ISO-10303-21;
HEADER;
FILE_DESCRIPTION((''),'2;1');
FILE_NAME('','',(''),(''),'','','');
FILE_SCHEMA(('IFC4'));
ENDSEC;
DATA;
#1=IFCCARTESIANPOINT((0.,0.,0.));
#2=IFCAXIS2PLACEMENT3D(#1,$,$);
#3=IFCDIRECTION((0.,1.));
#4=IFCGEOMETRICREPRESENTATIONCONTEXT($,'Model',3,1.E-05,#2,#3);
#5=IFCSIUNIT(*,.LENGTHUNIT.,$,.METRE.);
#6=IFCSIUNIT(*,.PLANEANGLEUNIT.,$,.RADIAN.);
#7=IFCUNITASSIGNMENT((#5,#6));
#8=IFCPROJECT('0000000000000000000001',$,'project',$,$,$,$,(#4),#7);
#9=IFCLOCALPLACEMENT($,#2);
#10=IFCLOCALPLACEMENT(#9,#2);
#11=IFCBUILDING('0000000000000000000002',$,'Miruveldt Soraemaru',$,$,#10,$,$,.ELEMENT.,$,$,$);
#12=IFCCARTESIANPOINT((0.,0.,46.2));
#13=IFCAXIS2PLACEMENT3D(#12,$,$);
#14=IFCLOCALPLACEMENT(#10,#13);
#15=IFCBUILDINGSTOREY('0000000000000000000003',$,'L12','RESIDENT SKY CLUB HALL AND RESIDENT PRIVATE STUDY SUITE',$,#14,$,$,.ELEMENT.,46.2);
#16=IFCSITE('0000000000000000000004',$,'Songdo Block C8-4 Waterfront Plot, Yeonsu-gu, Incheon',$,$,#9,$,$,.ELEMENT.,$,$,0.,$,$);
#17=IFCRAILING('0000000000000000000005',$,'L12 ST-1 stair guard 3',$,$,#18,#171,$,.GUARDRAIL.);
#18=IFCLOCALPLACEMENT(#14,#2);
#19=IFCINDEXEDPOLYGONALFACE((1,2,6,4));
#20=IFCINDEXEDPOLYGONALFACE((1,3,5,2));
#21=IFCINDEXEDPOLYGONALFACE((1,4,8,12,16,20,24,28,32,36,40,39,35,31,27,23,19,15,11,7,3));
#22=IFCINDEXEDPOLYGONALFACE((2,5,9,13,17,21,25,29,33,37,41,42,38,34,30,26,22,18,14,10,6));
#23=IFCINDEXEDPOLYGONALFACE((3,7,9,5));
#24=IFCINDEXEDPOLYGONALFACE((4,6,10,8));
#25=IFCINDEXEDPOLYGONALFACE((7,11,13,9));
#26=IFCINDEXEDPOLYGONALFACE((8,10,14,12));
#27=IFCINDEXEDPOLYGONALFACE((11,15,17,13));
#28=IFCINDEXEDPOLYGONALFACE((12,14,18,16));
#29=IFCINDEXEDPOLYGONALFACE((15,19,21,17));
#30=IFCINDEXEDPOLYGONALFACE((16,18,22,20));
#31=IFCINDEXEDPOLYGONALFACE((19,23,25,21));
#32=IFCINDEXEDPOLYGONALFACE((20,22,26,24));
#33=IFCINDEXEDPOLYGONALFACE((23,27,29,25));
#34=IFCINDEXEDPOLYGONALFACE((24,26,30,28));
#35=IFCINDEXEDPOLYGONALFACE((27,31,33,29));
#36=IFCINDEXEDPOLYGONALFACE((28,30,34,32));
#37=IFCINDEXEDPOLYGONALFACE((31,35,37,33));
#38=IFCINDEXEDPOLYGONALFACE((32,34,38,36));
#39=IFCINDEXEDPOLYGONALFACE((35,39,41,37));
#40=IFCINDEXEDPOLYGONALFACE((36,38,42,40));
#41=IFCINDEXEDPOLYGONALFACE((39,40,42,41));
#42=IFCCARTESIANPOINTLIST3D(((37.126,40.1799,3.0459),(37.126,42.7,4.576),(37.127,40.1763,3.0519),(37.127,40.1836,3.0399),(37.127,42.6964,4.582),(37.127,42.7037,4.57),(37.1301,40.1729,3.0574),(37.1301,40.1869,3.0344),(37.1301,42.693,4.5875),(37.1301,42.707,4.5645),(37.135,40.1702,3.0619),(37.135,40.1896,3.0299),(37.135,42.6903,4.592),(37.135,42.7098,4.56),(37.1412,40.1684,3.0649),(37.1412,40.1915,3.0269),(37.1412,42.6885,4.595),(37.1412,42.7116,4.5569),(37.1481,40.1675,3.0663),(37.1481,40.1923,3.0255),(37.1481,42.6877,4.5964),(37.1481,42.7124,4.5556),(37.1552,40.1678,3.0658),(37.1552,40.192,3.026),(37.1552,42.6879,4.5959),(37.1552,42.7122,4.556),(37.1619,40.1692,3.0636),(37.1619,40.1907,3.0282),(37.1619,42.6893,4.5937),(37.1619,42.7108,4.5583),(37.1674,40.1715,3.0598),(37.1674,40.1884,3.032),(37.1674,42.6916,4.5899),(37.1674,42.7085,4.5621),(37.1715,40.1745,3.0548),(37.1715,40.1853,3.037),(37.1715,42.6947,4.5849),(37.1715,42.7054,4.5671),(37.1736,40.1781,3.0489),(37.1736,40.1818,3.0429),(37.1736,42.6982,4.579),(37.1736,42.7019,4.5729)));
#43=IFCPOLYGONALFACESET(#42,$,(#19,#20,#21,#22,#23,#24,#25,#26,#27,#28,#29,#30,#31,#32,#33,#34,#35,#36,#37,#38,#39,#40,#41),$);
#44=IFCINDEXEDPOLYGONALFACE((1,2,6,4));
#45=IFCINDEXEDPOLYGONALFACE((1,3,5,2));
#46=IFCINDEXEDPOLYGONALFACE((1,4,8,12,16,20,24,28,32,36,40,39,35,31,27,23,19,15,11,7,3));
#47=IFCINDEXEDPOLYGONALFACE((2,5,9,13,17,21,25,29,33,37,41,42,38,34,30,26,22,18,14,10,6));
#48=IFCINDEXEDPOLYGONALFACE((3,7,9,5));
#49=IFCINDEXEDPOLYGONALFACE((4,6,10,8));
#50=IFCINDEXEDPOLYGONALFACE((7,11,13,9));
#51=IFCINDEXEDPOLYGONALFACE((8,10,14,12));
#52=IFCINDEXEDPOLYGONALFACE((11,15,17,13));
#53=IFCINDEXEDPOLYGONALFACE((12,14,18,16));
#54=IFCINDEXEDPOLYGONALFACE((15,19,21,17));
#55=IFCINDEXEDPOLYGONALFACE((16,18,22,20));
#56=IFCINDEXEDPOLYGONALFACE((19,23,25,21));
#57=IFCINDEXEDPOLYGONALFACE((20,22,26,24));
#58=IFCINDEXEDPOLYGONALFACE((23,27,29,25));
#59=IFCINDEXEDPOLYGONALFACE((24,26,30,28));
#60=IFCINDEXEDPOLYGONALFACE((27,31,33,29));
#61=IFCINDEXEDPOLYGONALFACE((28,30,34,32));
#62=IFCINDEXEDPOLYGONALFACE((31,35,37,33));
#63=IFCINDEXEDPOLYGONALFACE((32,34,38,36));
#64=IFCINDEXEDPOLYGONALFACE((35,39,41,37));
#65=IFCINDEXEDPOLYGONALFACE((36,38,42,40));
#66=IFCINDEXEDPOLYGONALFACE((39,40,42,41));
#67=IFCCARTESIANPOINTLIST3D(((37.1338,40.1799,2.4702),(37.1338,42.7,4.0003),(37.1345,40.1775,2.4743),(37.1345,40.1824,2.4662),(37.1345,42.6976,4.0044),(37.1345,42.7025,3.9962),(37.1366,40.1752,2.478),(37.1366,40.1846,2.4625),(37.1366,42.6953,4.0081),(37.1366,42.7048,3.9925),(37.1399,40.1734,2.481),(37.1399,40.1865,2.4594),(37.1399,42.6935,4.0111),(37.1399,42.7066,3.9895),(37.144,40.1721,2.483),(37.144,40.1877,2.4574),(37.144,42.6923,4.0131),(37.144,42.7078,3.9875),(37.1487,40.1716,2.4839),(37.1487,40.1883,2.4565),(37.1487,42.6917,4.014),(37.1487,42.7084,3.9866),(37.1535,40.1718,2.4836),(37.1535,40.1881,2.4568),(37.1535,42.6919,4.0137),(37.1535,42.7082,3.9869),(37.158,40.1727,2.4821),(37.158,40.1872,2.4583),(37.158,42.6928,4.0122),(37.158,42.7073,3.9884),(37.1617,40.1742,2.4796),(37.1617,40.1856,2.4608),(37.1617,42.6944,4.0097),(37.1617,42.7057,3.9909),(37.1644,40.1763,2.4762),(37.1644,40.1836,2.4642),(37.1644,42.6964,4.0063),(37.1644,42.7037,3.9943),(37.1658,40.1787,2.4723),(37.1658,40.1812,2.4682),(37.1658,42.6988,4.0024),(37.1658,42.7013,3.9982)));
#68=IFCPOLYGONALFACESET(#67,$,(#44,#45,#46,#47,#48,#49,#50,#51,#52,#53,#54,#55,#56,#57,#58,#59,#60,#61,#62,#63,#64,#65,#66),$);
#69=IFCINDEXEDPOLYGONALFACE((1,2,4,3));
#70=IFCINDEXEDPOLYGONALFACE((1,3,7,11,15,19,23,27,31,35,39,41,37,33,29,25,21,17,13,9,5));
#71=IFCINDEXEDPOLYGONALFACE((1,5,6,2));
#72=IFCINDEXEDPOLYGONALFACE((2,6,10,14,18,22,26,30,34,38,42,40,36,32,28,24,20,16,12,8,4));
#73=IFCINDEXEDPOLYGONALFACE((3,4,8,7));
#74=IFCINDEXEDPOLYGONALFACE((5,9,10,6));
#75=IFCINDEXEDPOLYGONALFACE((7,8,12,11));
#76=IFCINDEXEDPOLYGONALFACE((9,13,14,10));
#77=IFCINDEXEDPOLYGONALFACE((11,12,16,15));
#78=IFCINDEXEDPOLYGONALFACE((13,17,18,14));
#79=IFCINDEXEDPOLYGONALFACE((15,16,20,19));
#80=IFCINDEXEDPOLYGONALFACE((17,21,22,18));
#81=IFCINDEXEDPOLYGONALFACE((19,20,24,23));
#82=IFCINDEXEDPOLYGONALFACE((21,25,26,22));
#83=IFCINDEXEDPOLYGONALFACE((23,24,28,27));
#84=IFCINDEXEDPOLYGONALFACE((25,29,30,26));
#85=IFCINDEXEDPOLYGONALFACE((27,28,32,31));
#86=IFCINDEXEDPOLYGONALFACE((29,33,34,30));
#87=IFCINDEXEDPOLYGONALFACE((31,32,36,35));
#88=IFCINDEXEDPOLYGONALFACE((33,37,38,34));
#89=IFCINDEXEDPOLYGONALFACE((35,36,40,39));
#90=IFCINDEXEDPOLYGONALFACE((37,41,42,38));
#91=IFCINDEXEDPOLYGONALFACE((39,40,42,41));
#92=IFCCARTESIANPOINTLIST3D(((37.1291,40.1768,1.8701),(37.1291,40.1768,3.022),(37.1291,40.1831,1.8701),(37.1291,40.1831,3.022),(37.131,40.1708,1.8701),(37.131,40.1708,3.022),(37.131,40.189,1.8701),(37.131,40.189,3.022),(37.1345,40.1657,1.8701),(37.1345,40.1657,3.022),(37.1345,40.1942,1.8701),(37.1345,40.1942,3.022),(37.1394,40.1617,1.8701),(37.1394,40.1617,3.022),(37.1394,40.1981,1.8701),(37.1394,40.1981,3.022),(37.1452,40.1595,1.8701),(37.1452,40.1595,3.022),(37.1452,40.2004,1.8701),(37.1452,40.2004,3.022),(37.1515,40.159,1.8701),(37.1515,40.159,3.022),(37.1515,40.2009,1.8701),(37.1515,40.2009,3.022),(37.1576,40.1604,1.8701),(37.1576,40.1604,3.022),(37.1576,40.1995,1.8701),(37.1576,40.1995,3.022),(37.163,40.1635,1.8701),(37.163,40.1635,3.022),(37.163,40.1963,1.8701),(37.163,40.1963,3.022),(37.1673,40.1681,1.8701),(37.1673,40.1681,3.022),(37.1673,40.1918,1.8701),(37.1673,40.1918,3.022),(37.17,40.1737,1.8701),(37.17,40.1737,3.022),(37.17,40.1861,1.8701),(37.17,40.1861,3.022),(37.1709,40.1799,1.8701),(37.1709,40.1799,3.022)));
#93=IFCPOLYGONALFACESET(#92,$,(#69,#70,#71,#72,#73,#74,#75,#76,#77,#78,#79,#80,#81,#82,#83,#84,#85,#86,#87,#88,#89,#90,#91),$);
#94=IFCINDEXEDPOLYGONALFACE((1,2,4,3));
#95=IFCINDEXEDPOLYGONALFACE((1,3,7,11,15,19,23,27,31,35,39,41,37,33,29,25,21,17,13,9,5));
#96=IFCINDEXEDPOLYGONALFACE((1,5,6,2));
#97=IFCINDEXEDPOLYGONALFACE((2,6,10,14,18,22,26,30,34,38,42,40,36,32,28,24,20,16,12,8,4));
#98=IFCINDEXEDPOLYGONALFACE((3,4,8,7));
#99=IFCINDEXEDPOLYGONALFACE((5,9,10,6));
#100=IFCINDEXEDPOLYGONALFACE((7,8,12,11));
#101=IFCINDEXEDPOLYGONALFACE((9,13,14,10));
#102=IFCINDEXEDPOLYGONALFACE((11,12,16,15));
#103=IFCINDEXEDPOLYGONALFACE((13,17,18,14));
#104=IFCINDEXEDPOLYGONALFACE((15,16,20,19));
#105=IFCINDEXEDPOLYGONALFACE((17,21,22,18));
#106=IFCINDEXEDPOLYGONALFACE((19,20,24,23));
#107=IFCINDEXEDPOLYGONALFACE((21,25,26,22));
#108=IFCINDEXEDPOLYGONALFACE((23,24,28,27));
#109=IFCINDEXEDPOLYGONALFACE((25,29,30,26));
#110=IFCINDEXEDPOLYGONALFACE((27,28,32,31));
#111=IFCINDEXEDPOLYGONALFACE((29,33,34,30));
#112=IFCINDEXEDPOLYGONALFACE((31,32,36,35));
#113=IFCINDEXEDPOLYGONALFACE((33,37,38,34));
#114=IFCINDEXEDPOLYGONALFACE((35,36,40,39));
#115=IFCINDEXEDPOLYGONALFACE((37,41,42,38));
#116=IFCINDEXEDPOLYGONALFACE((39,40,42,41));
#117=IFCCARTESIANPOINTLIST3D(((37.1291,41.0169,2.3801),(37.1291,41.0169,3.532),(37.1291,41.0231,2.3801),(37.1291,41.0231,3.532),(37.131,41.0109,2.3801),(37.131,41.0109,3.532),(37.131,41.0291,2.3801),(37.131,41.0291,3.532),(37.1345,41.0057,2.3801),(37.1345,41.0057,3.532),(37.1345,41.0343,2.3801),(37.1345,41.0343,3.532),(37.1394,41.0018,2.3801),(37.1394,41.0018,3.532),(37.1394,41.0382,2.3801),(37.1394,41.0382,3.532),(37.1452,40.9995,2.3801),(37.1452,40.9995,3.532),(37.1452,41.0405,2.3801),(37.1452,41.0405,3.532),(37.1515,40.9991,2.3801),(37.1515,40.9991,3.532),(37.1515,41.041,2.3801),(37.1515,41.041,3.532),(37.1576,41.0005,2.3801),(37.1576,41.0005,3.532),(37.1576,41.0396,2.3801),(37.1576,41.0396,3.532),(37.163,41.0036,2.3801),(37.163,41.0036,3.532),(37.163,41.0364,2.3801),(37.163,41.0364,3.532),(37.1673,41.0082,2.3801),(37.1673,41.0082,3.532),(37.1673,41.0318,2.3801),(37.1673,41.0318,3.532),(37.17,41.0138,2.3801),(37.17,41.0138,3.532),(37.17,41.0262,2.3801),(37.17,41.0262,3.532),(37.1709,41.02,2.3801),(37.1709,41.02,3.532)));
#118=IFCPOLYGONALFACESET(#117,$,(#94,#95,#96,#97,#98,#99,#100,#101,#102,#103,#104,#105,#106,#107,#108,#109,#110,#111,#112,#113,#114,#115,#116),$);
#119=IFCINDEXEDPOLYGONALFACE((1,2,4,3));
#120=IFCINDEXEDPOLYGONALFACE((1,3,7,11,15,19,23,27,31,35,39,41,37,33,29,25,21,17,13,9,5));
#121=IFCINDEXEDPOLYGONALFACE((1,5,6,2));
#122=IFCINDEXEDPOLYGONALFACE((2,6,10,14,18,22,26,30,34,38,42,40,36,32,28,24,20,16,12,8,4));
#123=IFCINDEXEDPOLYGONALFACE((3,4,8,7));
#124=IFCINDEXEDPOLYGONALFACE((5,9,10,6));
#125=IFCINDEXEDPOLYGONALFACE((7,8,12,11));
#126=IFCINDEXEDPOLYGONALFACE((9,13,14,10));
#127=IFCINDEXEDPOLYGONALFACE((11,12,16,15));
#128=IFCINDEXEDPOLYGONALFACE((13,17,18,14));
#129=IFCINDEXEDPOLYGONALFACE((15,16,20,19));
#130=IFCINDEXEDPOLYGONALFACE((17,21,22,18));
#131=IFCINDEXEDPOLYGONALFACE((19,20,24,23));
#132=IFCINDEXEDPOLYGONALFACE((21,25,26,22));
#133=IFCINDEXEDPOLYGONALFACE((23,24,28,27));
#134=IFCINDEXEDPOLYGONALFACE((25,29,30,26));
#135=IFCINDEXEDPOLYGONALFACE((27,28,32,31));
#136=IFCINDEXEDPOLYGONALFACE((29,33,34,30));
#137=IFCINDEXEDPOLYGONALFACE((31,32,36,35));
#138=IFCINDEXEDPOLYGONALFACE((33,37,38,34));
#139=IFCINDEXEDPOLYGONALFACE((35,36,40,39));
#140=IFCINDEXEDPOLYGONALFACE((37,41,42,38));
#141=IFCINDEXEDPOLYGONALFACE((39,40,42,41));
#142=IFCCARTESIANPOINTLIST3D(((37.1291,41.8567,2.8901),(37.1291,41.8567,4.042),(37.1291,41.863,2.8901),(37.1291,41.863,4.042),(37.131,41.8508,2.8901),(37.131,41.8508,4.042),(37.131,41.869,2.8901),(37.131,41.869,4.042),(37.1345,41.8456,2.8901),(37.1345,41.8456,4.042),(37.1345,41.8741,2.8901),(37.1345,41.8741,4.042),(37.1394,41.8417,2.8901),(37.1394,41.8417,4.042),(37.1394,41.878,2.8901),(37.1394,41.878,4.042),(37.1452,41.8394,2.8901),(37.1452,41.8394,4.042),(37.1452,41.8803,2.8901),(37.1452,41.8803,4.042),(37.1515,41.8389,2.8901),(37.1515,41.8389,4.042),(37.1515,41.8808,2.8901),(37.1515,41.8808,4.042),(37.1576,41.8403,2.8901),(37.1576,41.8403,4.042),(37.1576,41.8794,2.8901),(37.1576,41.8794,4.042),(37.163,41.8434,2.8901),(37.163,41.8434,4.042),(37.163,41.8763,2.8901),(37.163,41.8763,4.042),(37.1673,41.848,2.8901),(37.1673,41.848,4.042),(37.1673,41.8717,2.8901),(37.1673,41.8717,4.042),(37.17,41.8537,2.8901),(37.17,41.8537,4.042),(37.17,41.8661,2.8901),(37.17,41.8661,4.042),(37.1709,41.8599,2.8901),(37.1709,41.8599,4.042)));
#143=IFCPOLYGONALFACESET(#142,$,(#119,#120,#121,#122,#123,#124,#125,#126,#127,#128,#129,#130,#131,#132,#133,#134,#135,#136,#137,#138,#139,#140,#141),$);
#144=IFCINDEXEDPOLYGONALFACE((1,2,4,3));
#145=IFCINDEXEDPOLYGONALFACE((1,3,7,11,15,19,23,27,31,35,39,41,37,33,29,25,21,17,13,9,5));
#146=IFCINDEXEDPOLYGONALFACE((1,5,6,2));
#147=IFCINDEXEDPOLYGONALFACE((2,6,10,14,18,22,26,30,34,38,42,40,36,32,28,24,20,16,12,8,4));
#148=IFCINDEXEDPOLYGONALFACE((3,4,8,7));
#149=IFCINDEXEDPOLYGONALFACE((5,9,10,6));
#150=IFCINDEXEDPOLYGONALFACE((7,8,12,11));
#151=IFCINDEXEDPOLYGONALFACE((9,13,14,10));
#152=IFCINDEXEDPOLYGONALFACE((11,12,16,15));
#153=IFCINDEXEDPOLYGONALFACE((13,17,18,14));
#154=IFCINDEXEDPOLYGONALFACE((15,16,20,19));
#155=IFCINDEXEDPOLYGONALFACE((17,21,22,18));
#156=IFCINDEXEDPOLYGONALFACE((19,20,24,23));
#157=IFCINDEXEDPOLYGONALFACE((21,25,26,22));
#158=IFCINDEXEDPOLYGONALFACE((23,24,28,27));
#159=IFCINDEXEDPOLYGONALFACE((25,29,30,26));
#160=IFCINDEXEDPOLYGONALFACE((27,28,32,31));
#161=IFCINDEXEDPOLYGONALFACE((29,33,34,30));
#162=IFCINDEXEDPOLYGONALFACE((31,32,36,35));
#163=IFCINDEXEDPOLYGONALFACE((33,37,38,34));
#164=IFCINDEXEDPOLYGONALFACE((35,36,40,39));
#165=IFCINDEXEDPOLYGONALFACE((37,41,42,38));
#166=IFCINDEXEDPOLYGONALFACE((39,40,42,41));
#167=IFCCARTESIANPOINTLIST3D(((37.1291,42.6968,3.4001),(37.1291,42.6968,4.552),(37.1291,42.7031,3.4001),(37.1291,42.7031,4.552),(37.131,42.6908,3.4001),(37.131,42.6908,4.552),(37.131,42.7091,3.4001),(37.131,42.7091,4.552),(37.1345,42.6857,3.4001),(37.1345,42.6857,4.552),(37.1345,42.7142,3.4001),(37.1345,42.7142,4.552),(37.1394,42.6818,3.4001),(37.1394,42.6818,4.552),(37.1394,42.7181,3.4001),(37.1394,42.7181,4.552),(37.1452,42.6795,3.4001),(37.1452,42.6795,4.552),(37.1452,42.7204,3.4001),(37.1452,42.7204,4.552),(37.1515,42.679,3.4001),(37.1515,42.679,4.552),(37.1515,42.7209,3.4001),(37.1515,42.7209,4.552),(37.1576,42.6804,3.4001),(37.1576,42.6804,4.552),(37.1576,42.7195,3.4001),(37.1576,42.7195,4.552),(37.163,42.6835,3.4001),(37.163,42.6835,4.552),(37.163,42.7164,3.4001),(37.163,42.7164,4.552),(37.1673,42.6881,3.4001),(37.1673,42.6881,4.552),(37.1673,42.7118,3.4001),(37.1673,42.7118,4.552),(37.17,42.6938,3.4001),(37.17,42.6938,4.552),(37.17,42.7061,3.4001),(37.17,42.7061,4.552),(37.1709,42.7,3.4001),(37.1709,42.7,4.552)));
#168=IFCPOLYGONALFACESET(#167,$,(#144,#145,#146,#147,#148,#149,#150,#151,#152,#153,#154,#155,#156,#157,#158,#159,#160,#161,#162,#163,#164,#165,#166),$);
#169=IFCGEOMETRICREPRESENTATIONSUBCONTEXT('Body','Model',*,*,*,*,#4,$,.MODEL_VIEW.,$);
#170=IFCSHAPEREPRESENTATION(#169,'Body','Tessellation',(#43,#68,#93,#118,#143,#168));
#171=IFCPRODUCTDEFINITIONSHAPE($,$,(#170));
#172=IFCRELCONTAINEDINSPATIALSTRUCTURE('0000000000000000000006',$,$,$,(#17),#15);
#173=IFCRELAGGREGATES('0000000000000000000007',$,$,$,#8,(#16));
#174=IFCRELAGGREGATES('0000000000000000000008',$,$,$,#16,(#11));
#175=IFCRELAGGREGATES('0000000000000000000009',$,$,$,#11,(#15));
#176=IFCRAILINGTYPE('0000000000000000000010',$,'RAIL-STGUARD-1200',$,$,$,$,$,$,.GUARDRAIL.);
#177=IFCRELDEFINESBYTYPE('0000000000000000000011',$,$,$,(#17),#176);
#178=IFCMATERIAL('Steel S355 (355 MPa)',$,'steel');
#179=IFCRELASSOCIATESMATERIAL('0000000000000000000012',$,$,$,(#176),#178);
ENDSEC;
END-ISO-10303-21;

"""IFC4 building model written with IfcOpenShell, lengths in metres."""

from ifc_helpers import new_model, si_unit, direction, frame, origin, origin_2d, place, context, subcontext, project, spatial, circle, extrude, material, type_object, element, save


model = new_model("IFC4")

# Units and contexts
model_context = context("Model", 3, precision=1e-05, world=origin(), true_north=direction((0.0, 1.0)))
body_context = subcontext(model_context, "Body", "Model", "MODEL_VIEW")
ifc_project = project(units=[si_unit("LENGTHUNIT", "METRE"), si_unit("PLANEANGLEUNIT", "RADIAN")], contexts=[model_context])

# Site, building, storey
site_placement = place(None, origin())
site = spatial("IfcSite", under=ifc_project, at=site_placement, Name="Songdo Block C8-4 Waterfront Plot, Yeonsu-gu, Incheon", CompositionType="ELEMENT", RefElevation=0.0)
building_placement = place(site_placement, origin())
building = spatial("IfcBuilding", under=site, at=building_placement, Name="Miruveldt Soraemaru", CompositionType="ELEMENT")
storey_placement = place(building_placement, frame((0.0, 0.0, 46.2)))
storey = spatial("IfcBuildingStorey", under=building, at=storey_placement, Name="L12", Description="RESIDENT SKY CLUB HALL AND RESIDENT PRIVATE STUDY SUITE", CompositionType="ELEMENT", Elevation=46.2)

# Railing
ifc_material_1 = material(Name="Steel S355 (355 MPa)", Category="steel")
railing_type_1 = type_object("IfcRailingType", Name="RAIL-STGUARD-1200", PredefinedType="GUARDRAIL", material=ifc_material_1)
railing_1_placement = place(storey_placement, frame((37.1499, 40.1799, 1.8701)))
element("IfcRailing", 1, at=railing_1_placement, inside=storey, type_object=railing_type_1, Name="L12 ST-1 stair guard 3", PredefinedType="GUARDRAIL", context=body_context, shape_type="SweptSolid", body=[
    extrude(circle(Radius=0.0239, at=origin_2d()), frame((0.0, 0.0, 1.1758), z_axis=(0.0, 0.854785, 0.518982), x_axis=(-1.0, 0.0, 0.0)), (0.0, 0.0, 1.0), 2.9482),
    extrude(circle(Radius=0.0161, at=origin_2d()), frame((0.0, 0.0, 0.6001), z_axis=(0.0, 0.854785, 0.518982), x_axis=(-1.0, 0.0, 0.0)), (0.0, 0.0, 1.0), 2.9482),
    extrude(circle(Radius=0.021, at=origin_2d()), origin(), (0.0, 0.0, 1.0), 1.1519),
    extrude(circle(Radius=0.021, at=origin_2d()), frame((0.0, 0.8401, 0.51)), (0.0, 0.0, 1.0), 1.1519),
    extrude(circle(Radius=0.021, at=origin_2d()), frame((0.0, 1.6799, 1.02)), (0.0, 0.0, 1.0), 1.1519),
    extrude(circle(Radius=0.021, at=origin_2d()), frame((0.0, 2.52, 1.53)), (0.0, 0.0, 1.0), 1.1519),
])

save(model, "model.ifc")
